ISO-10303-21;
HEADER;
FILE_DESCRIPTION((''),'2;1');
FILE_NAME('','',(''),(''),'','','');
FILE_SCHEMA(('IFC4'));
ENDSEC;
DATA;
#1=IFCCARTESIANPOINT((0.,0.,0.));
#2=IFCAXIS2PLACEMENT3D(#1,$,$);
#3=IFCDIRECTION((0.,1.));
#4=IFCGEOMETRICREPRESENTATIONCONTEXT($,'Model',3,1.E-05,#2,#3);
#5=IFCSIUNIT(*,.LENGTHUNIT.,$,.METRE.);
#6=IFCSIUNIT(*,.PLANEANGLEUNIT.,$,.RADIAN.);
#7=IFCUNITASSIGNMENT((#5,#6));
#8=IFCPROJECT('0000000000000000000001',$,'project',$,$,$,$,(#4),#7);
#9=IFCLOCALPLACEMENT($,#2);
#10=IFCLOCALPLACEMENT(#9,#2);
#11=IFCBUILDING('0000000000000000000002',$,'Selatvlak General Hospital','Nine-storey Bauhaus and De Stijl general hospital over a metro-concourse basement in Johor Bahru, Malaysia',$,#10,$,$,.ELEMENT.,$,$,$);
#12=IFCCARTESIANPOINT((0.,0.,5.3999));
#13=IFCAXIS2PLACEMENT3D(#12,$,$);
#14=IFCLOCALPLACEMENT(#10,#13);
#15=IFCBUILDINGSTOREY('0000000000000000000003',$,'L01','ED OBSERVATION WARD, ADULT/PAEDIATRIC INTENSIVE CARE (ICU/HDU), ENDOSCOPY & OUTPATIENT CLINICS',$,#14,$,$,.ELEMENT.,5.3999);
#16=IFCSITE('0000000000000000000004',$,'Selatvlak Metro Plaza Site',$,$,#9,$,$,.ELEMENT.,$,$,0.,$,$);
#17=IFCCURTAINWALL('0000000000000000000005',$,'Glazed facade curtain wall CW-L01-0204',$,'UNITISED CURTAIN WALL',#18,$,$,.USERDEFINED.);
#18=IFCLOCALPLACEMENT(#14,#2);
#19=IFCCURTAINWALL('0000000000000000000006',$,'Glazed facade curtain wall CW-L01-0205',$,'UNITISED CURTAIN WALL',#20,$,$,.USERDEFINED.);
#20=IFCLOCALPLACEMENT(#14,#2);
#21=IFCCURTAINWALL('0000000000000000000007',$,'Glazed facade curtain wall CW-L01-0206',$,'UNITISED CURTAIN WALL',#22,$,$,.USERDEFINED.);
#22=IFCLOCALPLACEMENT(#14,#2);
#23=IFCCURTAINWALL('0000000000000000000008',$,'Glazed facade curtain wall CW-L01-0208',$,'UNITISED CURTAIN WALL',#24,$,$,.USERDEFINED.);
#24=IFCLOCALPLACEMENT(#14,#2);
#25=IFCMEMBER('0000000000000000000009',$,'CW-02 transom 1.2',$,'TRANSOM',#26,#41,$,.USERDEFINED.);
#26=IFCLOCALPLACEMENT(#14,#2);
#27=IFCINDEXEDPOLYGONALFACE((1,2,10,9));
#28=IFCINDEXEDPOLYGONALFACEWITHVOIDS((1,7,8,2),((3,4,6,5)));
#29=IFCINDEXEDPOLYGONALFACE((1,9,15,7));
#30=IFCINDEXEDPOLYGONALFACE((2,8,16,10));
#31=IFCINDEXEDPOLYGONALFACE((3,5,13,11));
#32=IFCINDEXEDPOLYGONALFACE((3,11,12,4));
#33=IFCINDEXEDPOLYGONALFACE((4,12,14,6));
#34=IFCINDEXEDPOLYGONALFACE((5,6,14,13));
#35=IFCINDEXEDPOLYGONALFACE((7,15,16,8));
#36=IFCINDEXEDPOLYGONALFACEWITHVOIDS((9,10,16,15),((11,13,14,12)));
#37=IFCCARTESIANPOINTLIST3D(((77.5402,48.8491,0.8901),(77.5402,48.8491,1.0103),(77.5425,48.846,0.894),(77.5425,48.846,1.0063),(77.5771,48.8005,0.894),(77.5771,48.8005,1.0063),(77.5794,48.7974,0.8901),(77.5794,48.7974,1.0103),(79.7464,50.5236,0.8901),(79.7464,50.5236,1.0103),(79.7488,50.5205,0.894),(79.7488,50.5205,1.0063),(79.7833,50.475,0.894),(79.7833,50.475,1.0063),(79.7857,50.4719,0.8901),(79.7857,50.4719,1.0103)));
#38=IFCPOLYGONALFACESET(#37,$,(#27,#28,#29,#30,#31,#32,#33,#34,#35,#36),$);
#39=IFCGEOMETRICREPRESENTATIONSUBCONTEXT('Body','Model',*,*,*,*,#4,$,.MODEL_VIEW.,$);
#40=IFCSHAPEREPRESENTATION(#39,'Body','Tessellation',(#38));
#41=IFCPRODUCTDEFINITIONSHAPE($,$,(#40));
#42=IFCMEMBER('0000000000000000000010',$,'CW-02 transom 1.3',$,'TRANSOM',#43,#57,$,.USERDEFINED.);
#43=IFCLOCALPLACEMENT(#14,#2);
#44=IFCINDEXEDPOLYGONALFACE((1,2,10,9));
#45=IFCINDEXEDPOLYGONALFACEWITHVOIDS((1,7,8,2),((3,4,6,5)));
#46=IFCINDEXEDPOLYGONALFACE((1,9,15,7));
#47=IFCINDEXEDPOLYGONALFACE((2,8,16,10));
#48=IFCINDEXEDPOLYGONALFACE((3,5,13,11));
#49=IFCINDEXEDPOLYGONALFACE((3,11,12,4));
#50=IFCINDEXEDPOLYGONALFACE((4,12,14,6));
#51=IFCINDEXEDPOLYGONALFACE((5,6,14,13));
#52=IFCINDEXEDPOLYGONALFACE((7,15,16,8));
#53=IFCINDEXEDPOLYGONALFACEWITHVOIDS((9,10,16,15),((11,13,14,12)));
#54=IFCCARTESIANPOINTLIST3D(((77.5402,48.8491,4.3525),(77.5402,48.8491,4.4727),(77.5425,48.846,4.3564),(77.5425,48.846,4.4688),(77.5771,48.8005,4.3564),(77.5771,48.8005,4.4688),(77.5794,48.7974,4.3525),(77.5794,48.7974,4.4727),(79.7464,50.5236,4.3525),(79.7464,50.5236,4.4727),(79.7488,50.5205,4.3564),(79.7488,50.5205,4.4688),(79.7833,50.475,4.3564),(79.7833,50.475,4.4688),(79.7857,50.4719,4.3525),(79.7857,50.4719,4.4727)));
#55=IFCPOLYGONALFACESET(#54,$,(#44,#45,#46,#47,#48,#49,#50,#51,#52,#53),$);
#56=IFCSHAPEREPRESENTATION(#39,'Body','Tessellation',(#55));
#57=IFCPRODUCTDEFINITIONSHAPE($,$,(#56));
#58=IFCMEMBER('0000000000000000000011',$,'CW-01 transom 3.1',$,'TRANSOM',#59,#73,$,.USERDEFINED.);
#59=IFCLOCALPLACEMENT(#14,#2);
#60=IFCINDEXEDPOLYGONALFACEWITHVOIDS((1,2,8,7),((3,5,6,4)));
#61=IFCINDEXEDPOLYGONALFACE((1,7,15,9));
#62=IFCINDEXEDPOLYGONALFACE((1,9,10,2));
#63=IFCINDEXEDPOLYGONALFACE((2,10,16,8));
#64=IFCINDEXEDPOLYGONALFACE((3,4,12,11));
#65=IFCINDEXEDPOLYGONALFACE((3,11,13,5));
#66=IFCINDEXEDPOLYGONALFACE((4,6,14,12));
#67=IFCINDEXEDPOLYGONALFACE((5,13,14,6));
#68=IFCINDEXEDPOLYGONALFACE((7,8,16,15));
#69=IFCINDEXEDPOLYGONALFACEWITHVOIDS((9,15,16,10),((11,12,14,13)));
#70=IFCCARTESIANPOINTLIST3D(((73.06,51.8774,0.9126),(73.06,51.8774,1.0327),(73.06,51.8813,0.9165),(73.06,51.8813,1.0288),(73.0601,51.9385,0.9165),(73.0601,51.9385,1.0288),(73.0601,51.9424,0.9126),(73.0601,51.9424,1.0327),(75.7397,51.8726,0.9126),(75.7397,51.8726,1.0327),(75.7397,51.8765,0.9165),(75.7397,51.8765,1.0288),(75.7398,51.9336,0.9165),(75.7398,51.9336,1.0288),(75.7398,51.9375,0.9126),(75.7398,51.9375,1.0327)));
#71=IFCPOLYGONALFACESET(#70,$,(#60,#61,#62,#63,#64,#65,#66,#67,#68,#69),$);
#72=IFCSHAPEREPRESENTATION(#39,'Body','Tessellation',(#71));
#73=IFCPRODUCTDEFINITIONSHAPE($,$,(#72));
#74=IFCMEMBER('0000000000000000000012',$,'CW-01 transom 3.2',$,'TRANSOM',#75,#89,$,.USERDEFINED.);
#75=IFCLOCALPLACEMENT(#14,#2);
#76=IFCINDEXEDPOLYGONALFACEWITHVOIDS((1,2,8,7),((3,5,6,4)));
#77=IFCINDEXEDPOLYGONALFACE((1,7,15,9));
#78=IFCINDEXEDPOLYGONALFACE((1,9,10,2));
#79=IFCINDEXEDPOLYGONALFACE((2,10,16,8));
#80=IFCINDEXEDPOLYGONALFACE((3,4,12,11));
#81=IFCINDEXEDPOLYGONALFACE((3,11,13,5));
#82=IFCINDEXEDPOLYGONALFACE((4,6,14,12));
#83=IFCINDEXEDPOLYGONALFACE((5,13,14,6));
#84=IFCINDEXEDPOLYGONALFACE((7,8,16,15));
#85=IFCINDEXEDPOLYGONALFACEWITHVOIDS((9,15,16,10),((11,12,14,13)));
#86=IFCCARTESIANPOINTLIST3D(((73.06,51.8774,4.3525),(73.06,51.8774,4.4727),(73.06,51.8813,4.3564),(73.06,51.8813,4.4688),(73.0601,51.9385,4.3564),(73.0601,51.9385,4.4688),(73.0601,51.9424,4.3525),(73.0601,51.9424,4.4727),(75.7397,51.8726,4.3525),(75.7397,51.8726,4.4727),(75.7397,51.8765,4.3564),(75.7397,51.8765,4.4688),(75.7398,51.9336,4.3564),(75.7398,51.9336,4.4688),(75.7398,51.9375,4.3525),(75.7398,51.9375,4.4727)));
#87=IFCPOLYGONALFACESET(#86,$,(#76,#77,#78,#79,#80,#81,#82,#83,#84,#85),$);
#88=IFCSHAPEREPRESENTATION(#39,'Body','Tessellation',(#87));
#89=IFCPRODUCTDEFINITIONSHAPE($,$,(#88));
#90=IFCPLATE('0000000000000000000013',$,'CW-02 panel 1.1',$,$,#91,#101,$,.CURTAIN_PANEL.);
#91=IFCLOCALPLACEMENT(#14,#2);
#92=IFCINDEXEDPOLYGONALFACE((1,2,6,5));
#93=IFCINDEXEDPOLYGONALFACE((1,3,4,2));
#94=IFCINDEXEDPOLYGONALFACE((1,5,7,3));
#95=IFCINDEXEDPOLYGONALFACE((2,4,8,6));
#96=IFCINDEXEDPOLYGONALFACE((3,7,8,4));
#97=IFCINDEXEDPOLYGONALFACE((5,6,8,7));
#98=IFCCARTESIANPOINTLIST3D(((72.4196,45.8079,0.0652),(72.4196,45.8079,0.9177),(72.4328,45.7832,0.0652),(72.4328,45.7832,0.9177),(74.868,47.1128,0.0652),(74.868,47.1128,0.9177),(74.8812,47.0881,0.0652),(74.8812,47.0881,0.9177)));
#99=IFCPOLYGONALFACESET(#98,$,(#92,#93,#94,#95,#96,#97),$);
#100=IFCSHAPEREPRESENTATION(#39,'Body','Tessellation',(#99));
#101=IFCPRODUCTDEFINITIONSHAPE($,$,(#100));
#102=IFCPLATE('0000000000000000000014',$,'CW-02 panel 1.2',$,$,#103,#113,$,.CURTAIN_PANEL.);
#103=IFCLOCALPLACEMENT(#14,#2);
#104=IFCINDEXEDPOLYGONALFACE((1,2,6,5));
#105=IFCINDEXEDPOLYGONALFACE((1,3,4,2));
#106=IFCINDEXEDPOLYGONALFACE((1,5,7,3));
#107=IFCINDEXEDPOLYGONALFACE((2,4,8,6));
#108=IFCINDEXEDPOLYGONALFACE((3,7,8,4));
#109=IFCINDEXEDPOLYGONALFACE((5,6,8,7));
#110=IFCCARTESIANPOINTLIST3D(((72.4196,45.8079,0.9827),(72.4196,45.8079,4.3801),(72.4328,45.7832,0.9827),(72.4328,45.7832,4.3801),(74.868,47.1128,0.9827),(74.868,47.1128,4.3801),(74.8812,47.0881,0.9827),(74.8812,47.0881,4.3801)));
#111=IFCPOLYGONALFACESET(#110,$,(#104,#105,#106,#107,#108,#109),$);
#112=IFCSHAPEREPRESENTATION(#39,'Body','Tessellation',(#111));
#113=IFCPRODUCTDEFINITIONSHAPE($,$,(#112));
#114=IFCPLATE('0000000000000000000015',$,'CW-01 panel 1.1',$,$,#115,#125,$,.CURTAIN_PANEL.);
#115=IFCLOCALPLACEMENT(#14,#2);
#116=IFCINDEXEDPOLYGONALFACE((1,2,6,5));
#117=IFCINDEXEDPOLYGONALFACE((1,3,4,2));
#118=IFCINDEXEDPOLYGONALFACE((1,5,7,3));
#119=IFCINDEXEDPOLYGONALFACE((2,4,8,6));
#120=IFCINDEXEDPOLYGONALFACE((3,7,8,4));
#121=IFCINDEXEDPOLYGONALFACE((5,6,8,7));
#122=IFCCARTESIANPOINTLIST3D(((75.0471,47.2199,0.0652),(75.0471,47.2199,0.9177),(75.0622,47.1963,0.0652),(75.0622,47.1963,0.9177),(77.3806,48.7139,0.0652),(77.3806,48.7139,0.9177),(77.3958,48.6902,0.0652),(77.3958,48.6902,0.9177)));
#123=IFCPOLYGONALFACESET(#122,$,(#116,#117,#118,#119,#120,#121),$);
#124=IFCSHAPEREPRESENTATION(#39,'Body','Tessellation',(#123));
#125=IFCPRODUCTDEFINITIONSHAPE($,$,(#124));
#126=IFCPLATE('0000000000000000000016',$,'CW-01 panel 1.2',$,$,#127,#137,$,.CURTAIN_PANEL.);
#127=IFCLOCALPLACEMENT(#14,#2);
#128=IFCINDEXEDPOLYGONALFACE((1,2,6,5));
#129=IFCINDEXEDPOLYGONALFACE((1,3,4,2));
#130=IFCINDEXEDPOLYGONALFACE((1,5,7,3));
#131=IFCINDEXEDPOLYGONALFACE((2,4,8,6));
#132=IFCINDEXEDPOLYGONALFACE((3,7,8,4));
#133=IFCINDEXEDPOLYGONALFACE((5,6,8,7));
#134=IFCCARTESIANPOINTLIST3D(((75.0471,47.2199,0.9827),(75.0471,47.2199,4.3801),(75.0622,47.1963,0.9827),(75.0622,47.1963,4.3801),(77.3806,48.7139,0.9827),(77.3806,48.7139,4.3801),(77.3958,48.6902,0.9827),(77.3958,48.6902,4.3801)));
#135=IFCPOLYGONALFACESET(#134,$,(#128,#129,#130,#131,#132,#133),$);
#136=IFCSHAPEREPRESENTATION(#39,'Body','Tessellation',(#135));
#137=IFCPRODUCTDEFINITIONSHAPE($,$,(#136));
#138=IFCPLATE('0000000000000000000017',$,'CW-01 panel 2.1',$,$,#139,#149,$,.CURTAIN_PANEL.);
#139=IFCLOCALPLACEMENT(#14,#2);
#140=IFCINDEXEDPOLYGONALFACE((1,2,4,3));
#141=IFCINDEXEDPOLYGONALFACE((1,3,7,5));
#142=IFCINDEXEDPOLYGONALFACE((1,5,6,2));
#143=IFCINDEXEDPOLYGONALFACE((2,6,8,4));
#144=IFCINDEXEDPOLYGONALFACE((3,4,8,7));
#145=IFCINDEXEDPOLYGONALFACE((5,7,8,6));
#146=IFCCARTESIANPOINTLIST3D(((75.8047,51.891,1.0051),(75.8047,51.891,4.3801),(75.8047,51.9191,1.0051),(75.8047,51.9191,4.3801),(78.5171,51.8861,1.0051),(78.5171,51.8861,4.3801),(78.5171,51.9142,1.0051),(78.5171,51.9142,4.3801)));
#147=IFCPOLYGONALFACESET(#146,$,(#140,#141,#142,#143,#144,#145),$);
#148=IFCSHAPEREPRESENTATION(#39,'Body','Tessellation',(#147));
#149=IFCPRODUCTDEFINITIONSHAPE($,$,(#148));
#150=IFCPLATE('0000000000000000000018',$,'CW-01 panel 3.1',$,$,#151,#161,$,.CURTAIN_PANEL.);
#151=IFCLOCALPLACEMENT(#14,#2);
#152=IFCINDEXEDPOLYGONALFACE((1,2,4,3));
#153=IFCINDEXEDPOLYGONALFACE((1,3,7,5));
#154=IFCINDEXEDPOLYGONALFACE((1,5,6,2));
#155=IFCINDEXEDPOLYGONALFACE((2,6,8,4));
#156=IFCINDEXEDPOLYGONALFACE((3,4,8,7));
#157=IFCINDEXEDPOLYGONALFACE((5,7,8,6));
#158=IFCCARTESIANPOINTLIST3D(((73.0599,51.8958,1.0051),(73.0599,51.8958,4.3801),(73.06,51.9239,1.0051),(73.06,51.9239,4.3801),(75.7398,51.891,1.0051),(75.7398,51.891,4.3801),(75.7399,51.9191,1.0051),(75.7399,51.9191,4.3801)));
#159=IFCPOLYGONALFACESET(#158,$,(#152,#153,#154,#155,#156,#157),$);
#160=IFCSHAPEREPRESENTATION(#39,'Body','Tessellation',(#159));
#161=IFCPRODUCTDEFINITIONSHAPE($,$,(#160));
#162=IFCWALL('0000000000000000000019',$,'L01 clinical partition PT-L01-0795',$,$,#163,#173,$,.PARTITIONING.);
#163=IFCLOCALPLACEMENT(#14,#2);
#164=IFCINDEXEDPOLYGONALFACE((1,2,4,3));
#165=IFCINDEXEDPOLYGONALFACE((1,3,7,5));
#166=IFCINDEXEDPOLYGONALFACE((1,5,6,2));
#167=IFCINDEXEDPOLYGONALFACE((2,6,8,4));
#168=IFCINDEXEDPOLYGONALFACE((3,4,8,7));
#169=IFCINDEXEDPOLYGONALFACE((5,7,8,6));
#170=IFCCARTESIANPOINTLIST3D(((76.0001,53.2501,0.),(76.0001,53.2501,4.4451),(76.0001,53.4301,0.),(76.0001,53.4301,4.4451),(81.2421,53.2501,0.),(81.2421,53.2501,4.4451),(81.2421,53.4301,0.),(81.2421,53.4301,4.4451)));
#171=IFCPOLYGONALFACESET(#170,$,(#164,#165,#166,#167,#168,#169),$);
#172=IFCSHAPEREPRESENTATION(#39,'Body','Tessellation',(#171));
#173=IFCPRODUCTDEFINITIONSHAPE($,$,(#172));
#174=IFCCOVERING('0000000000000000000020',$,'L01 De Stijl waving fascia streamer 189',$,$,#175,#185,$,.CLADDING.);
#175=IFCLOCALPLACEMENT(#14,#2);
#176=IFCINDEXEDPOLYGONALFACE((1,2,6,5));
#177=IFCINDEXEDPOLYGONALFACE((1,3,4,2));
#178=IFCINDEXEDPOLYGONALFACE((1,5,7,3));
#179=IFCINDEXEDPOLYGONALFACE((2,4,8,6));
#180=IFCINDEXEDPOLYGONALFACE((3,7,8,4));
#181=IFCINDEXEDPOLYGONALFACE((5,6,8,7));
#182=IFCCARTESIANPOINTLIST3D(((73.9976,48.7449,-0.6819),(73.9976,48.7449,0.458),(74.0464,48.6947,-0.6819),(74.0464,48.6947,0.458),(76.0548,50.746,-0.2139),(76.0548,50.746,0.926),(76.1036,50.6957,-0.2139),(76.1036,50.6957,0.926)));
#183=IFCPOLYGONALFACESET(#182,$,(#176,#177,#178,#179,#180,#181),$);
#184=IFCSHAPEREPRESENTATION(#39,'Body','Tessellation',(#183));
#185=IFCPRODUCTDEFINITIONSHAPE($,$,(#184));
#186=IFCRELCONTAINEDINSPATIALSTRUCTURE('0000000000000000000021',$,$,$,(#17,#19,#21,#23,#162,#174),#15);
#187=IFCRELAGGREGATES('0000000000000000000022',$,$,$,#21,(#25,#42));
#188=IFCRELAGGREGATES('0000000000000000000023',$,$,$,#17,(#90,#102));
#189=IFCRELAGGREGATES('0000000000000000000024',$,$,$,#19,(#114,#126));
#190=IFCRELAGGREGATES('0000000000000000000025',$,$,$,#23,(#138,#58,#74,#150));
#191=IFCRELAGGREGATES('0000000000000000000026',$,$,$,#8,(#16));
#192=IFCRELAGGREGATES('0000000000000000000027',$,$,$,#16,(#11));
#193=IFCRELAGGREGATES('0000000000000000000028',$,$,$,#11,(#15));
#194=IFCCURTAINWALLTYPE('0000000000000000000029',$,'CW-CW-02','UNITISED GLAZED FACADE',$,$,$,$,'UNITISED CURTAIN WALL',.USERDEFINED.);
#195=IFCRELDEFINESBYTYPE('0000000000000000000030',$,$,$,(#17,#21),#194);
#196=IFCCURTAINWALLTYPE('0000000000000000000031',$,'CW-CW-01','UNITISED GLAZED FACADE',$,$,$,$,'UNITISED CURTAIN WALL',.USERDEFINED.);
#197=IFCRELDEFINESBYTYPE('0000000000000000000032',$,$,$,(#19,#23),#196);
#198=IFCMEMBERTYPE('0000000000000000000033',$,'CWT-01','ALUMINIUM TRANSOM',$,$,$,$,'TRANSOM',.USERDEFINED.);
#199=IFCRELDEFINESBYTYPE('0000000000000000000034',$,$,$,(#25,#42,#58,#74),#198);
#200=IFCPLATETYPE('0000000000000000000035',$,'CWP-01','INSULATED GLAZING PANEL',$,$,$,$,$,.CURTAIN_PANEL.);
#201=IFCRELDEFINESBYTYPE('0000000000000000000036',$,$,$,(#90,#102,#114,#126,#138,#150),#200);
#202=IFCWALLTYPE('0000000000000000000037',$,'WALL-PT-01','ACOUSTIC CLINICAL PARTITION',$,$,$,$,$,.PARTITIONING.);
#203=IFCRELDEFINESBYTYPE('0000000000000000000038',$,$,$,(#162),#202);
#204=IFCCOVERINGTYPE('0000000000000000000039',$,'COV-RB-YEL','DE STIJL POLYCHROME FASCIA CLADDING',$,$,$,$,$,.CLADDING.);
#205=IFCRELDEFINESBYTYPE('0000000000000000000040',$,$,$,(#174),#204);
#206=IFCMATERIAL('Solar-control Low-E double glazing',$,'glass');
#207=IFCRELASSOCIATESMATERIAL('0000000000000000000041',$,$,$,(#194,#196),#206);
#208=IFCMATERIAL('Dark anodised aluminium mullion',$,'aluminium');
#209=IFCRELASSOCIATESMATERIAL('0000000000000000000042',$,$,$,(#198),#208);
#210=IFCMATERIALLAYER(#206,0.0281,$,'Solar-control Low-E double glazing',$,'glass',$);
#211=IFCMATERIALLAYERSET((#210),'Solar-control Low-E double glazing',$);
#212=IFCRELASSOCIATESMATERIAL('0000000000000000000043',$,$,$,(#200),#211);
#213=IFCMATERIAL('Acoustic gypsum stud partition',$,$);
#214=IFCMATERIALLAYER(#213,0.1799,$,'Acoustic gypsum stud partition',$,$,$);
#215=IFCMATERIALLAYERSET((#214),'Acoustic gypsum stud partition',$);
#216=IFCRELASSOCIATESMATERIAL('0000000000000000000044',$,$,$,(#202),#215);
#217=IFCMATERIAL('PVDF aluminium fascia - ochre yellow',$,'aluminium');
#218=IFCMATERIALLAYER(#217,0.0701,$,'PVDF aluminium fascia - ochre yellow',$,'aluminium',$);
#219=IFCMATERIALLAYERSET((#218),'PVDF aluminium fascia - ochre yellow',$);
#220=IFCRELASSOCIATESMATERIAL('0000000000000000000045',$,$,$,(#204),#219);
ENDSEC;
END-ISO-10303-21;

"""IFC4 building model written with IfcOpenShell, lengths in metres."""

from ifc_helpers import new_model, si_unit, direction, frame, frame_2d, origin, origin_2d, place, context, subcontext, project, spatial, polyline, rectangle, hollow_rectangle, outline, extrude, material, layer, layer_set, material_profile, profile_set, type_object, element, aggregate, save


model = new_model("IFC4")

# Units and contexts
model_context = context("Model", 3, precision=1e-05, world=origin(), true_north=direction((0.0, 1.0)))
body_context = subcontext(model_context, "Body", "Model", "MODEL_VIEW")
ifc_project = project(units=[si_unit("LENGTHUNIT", "METRE"), si_unit("PLANEANGLEUNIT", "RADIAN")], contexts=[model_context])

# Site, building, storey
site_placement = place(None, origin())
site = spatial("IfcSite", under=ifc_project, at=site_placement, Name="Selatvlak Metro Plaza Site", CompositionType="ELEMENT", RefElevation=0.0)
building_placement = place(site_placement, origin())
building = spatial("IfcBuilding", under=site, at=building_placement, Name="Selatvlak General Hospital", Description="Nine-storey Bauhaus and De Stijl general hospital over a metro-concourse basement in Johor Bahru, Malaysia", CompositionType="ELEMENT")
storey_placement = place(building_placement, frame((0.0, 0.0, 5.3999)))
storey = spatial("IfcBuildingStorey", under=building, at=storey_placement, Name="L01", Description="ED OBSERVATION WARD, ADULT/PAEDIATRIC INTENSIVE CARE (ICU/HDU), ENDOSCOPY & OUTPATIENT CLINICS", CompositionType="ELEMENT", Elevation=5.3999)

# Curtain wall
ifc_material_1 = material(Name="Solar-control Low-E double glazing", Category="glass")
curtain_wall_type_1 = type_object("IfcCurtainWallType", Name="CW-CW-02", Description="UNITISED GLAZED FACADE", ElementType="UNITISED CURTAIN WALL", PredefinedType="USERDEFINED", material=ifc_material_1)
curtain_wall_1_placement = place(storey_placement, origin())
curtain_wall_1 = element("IfcCurtainWall", 1, at=curtain_wall_1_placement, inside=storey, type_object=curtain_wall_type_1, Name="Glazed facade curtain wall CW-L01-0204", ObjectType="UNITISED CURTAIN WALL", PredefinedType="USERDEFINED")
ifc_material_2 = material(Name="Dark anodised aluminium mullion", Category="aluminium")

# Curtain wall
curtain_wall_type_2 = type_object("IfcCurtainWallType", Name="CW-CW-01", Description="UNITISED GLAZED FACADE", ElementType="UNITISED CURTAIN WALL", PredefinedType="USERDEFINED", material=ifc_material_1)
curtain_wall_2_placement = place(storey_placement, origin())
curtain_wall_2 = element("IfcCurtainWall", 2, at=curtain_wall_2_placement, inside=storey, type_object=curtain_wall_type_2, Name="Glazed facade curtain wall CW-L01-0205", ObjectType="UNITISED CURTAIN WALL", PredefinedType="USERDEFINED")

# Curtain walls
curtain_wall_3_placement = place(storey_placement, origin())
curtain_wall_3 = element("IfcCurtainWall", 3, at=curtain_wall_3_placement, inside=storey, type_object=curtain_wall_type_1, Name="Glazed facade curtain wall CW-L01-0206", ObjectType="UNITISED CURTAIN WALL", PredefinedType="USERDEFINED")
curtain_wall_4_placement = place(storey_placement, origin())
curtain_wall_4 = element("IfcCurtainWall", 4, at=curtain_wall_4_placement, inside=storey, type_object=curtain_wall_type_2, Name="Glazed facade curtain wall CW-L01-0208", ObjectType="UNITISED CURTAIN WALL", PredefinedType="USERDEFINED")

# Members
ifc_material_profile_1 = material_profile(ifc_material_2, hollow_rectangle(XDim=0.0649, YDim=0.1201, WallThickness=0.0039, at=origin_2d()), Name="AL-TRN 65x120x4")
ifc_profile_set_1 = profile_set([ifc_material_profile_1], Name="Dark anodised aluminium mullion")
member_type_1 = type_object("IfcMemberType", Name="CWT-01", Description="ALUMINIUM TRANSOM", ElementType="TRANSOM", PredefinedType="USERDEFINED", material=ifc_profile_set_1)
member_1_placement = place(storey_placement, frame((77.5598, 48.8232, 0.9502), z_axis=(0.796549, 0.604574, 0.0), x_axis=(-0.604574, 0.796549, 0.0)))
member_1 = element("IfcMember", 5, at=member_1_placement, type_object=member_type_1, Name="CW-02 transom 1.2", ObjectType="TRANSOM", PredefinedType="USERDEFINED", context=body_context, shape_type="SweptSolid", body=[
    extrude(hollow_rectangle(XDim=0.0649, YDim=0.1201, WallThickness=0.0039, at=origin_2d()), origin(), (0.0, 0.0, 1.0), 2.7698),
])
member_2_placement = place(storey_placement, frame((77.5598, 48.8232, 4.4126), z_axis=(0.796549, 0.604574, 0.0), x_axis=(-0.604574, 0.796549, 0.0)))
member_2 = element("IfcMember", 6, at=member_2_placement, type_object=member_type_1, Name="CW-02 transom 1.3", ObjectType="TRANSOM", PredefinedType="USERDEFINED", context=body_context, shape_type="SweptSolid", body=[
    extrude(hollow_rectangle(XDim=0.0649, YDim=0.1201, WallThickness=0.0039, at=origin_2d()), origin(), (0.0, 0.0, 1.0), 2.7698),
])
aggregate(curtain_wall_3, [member_1, member_2])
member_3_placement = place(storey_placement, frame((75.7397, 51.905, 0.9727), z_axis=(-0.999998, 0.001822, 0.0), x_axis=(-0.001822, -0.999998, 0.0)))
member_3 = element("IfcMember", 7, at=member_3_placement, type_object=member_type_1, Name="CW-01 transom 3.1", ObjectType="TRANSOM", PredefinedType="USERDEFINED", context=body_context, shape_type="SweptSolid", body=[
    extrude(hollow_rectangle(XDim=0.0649, YDim=0.1201, WallThickness=0.0039, at=origin_2d()), origin(), (0.0, 0.0, 1.0), 2.6797),
])
member_4_placement = place(storey_placement, frame((75.7397, 51.905, 4.4126), z_axis=(-0.999998, 0.001822, 0.0), x_axis=(-0.001822, -0.999998, 0.0)))
member_4 = element("IfcMember", 8, at=member_4_placement, type_object=member_type_1, Name="CW-01 transom 3.2", ObjectType="TRANSOM", PredefinedType="USERDEFINED", context=body_context, shape_type="SweptSolid", body=[
    extrude(hollow_rectangle(XDim=0.0649, YDim=0.1201, WallThickness=0.0039, at=origin_2d()), origin(), (0.0, 0.0, 1.0), 2.6797),
])

# Plates
ifc_layer_1 = layer(ifc_material_1, 0.0281, Name="Solar-control Low-E double glazing", Category="glass")
ifc_layer_set_1 = layer_set([ifc_layer_1], Name="Solar-control Low-E double glazing")
plate_type = type_object("IfcPlateType", Name="CWP-01", Description="INSULATED GLAZING PANEL", PredefinedType="CURTAIN_PANEL", material=ifc_layer_set_1)
plate_1_placement = place(storey_placement, frame((73.6504, 46.448, 0.0652), z_axis=(0.0, 0.0, 1.0), x_axis=(0.882486, 0.470338, 0.0)))
plate_1 = element("IfcPlate", 9, at=plate_1_placement, type_object=plate_type, Name="CW-02 panel 1.1", PredefinedType="CURTAIN_PANEL", context=body_context, shape_type="SweptSolid", body=[
    extrude(rectangle(XDim=2.7744, YDim=0.0281, at=origin_2d()), origin(), (0.0, 0.0, 1.0), 0.8525),
])
plate_2_placement = place(storey_placement, frame((73.6504, 46.448, 0.9827), z_axis=(0.0, 0.0, 1.0), x_axis=(0.882486, 0.470338, 0.0)))
plate_2 = element("IfcPlate", 10, at=plate_2_placement, type_object=plate_type, Name="CW-02 panel 1.2", PredefinedType="CURTAIN_PANEL", context=body_context, shape_type="SweptSolid", body=[
    extrude(rectangle(XDim=2.7744, YDim=0.0281, at=origin_2d()), origin(), (0.0, 0.0, 1.0), 3.3975),
])
aggregate(curtain_wall_1, [plate_1, plate_2])
plate_3_placement = place(storey_placement, frame((76.2214, 47.9551, 0.0652), z_axis=(0.0, 0.0, 1.0), x_axis=(0.842196, 0.539171, 0.0)))
plate_3 = element("IfcPlate", 11, at=plate_3_placement, type_object=plate_type, Name="CW-01 panel 1.1", PredefinedType="CURTAIN_PANEL", context=body_context, shape_type="SweptSolid", body=[
    extrude(rectangle(XDim=2.7708, YDim=0.0281, at=origin_2d()), origin(), (0.0, 0.0, 1.0), 0.8525),
])
plate_4_placement = place(storey_placement, frame((76.2214, 47.9551, 0.9827), z_axis=(0.0, 0.0, 1.0), x_axis=(0.842196, 0.539171, 0.0)))
plate_4 = element("IfcPlate", 12, at=plate_4_placement, type_object=plate_type, Name="CW-01 panel 1.2", PredefinedType="CURTAIN_PANEL", context=body_context, shape_type="SweptSolid", body=[
    extrude(rectangle(XDim=2.7708, YDim=0.0281, at=origin_2d()), origin(), (0.0, 0.0, 1.0), 3.3975),
])
aggregate(curtain_wall_2, [plate_3, plate_4])
plate_5_placement = place(storey_placement, frame((77.1609, 51.9026, 1.0051), z_axis=(0.0, 0.0, 1.0), x_axis=(-0.999998, 0.0018, 0.0)))
plate_5 = element("IfcPlate", 13, at=plate_5_placement, type_object=plate_type, Name="CW-01 panel 2.1", PredefinedType="CURTAIN_PANEL", context=body_context, shape_type="SweptSolid", body=[
    extrude(rectangle(XDim=2.7124, YDim=0.0281, at=origin_2d()), origin(), (0.0, 0.0, 1.0), 3.375),
])
plate_6_placement = place(storey_placement, frame((74.3999, 51.9075, 1.0051), z_axis=(0.0, 0.0, 1.0), x_axis=(-0.999998, 0.0018, 0.0)))
plate_6 = element("IfcPlate", 14, at=plate_6_placement, type_object=plate_type, Name="CW-01 panel 3.1", PredefinedType="CURTAIN_PANEL", context=body_context, shape_type="SweptSolid", body=[
    extrude(rectangle(XDim=2.6799, YDim=0.0281, at=origin_2d()), origin(), (0.0, 0.0, 1.0), 3.375),
])
aggregate(curtain_wall_4, [plate_5, member_3, member_4, plate_6])

# Wall
ifc_material_3 = material(Name="Acoustic gypsum stud partition")
ifc_layer_2 = layer(ifc_material_3, 0.1799, Name="Acoustic gypsum stud partition")
ifc_layer_set_2 = layer_set([ifc_layer_2], Name="Acoustic gypsum stud partition")
wall_type = type_object("IfcWallType", Name="WALL-PT-01", Description="ACOUSTIC CLINICAL PARTITION", PredefinedType="PARTITIONING", material=ifc_layer_set_2)
wall_placement = place(storey_placement, frame((76.0, 53.3401, 0.0), z_axis=(0.0, 0.0, 1.0), x_axis=(1.0, 0.0, 0.0)))
element("IfcWall", 15, at=wall_placement, inside=storey, type_object=wall_type, Name="L01 clinical partition PT-L01-0795", PredefinedType="PARTITIONING", context=body_context, shape_type="SweptSolid", body=[
    extrude(rectangle(XDim=5.2419, YDim=0.1799, at=frame_2d((2.6211, 0.0))), origin(), (0.0, 0.0, 1.0), 4.4451),
])

# Covering
ifc_material_4 = material(Name="PVDF aluminium fascia - ochre yellow", Category="aluminium")
ifc_layer_3 = layer(ifc_material_4, 0.0701, Name="PVDF aluminium fascia - ochre yellow", Category="aluminium")
ifc_layer_set_3 = layer_set([ifc_layer_3], Name="PVDF aluminium fascia - ochre yellow")
covering_type_1 = type_object("IfcCoveringType", Name="COV-RB-YEL", Description="DE STIJL POLYCHROME FASCIA CLADDING", PredefinedType="CLADDING", material=ifc_layer_set_3)
covering_1_placement = place(storey_placement, frame((76.0791, 50.7209, -0.2139), z_axis=(0.0, 0.0, 1.0), x_axis=(-0.716822, -0.697256, 0.0)))
element("IfcCovering", 16, at=covering_1_placement, inside=storey, type_object=covering_type_1, Name="L01 De Stijl waving fascia streamer 189", PredefinedType="CLADDING", context=body_context, shape_type="SweptSolid", body=[
    extrude(outline(polyline([(0.0, 0.0), (2.8699, -0.468), (2.8699, 0.6719), (0.0, 1.1399), (0.0, 0.0)])), frame((0.0, 0.0352, 0.0), z_axis=(0.0, -1.0, 0.0), x_axis=(1.0, 0.0, 0.0)), (0.0, 0.0, 1.0), 0.0701),
])

save(model, "model.ifc")
